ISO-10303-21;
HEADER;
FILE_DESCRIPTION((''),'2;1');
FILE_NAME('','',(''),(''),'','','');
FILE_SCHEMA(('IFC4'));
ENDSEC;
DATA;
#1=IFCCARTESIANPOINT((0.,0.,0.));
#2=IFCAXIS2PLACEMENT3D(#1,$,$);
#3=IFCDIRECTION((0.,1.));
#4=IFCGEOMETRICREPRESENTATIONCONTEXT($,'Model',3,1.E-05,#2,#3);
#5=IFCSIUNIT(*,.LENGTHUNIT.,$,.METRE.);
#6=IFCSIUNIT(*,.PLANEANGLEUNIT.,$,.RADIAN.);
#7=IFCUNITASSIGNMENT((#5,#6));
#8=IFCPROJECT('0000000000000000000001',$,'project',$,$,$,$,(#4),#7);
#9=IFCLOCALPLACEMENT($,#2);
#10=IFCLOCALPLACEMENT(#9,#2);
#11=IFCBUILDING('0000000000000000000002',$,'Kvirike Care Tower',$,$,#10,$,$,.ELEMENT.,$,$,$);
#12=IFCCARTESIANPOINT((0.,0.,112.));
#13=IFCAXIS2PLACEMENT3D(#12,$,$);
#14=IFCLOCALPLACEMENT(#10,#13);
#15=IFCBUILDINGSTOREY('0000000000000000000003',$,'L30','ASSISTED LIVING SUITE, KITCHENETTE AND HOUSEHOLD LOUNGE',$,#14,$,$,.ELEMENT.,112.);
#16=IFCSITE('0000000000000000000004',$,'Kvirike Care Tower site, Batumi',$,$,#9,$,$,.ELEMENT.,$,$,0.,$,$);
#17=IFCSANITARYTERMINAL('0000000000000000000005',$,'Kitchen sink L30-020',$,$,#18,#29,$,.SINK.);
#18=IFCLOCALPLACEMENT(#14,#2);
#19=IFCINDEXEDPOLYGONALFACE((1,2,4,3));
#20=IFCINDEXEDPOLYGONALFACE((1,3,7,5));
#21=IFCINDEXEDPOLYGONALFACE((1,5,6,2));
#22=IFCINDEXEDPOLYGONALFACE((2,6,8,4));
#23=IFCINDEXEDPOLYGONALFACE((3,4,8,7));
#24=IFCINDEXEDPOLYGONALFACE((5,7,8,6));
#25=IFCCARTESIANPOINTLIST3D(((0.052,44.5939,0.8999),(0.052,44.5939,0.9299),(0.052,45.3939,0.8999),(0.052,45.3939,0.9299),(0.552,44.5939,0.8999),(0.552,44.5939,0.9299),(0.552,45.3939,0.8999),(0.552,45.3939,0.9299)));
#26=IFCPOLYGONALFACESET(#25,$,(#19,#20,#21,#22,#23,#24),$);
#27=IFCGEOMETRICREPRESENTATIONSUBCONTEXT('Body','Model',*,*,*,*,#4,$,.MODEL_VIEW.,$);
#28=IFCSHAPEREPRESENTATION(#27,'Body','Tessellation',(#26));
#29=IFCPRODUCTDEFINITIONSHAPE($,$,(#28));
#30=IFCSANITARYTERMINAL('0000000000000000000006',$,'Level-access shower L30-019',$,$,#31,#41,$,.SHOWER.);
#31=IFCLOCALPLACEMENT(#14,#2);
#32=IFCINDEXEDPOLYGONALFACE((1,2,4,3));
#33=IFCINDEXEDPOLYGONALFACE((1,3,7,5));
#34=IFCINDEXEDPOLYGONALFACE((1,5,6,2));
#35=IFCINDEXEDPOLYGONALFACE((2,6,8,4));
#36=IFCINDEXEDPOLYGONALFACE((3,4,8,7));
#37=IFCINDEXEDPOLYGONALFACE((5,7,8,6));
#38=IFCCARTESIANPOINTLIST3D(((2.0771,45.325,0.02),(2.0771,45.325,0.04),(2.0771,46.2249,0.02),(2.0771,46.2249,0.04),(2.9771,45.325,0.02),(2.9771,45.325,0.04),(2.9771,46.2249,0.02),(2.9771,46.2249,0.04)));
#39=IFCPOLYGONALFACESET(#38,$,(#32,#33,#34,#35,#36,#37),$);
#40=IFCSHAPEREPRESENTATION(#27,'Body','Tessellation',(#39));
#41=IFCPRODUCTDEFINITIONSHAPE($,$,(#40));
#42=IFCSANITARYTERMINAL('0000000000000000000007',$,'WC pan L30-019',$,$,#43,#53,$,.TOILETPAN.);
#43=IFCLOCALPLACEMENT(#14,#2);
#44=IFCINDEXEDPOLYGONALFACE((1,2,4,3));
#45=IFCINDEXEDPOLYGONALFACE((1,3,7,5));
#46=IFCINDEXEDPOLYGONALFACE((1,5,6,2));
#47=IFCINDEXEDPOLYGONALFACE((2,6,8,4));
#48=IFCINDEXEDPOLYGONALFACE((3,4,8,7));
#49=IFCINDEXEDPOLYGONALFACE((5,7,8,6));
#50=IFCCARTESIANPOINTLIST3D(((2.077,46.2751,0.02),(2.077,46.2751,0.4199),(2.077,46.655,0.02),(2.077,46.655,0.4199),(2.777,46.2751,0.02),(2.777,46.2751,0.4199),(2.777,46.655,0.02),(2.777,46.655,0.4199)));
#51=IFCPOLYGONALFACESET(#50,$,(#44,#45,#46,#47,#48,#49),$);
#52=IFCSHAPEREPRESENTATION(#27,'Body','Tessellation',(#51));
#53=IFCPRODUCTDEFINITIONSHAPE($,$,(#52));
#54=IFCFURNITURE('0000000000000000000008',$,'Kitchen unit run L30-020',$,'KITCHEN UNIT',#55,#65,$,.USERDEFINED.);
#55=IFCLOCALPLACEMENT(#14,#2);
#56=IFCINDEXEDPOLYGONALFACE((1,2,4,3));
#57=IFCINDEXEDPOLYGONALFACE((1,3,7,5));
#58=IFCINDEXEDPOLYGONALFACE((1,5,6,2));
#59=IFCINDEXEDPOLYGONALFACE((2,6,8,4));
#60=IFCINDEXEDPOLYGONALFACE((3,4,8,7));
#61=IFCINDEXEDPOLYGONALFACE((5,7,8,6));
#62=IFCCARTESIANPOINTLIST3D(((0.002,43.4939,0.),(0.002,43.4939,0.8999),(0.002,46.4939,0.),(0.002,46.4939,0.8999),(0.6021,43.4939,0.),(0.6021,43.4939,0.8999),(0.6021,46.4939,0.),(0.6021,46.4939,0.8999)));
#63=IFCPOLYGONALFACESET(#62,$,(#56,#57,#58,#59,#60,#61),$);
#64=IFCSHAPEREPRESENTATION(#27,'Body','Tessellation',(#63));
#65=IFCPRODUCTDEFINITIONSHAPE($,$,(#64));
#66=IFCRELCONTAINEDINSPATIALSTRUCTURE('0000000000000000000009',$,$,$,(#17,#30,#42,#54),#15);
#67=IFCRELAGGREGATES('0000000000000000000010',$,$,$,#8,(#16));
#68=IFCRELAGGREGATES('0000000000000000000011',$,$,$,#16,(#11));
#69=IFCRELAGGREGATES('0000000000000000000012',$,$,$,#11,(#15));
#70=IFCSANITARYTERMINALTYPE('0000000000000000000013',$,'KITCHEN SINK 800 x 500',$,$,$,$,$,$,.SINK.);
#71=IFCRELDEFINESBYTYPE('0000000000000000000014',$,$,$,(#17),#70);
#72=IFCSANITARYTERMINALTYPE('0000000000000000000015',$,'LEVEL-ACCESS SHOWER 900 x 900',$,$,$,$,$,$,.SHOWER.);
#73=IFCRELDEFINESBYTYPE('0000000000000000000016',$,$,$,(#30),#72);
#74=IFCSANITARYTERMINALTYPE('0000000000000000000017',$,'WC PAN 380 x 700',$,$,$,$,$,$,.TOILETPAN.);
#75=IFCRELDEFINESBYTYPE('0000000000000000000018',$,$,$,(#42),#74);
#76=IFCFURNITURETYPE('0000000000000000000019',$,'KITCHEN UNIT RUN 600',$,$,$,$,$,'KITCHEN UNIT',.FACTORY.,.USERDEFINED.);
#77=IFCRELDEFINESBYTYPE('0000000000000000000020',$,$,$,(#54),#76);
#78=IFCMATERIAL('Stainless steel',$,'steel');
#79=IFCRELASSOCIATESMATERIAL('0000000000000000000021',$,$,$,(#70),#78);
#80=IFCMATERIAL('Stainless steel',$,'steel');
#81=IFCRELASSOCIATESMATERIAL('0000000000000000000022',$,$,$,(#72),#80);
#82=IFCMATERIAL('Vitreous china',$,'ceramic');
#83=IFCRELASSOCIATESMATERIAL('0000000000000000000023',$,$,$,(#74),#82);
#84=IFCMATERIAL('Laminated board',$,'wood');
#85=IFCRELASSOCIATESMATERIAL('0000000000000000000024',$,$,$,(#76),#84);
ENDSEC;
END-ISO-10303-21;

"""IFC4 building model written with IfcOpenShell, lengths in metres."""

from ifc_helpers import new_model, si_unit, direction, frame, origin, origin_2d, place, context, subcontext, project, spatial, rectangle, extrude, material, type_object, element, save


model = new_model("IFC4")

# Units and contexts
model_context = context("Model", 3, precision=1e-05, world=origin(), true_north=direction((0.0, 1.0)))
body_context = subcontext(model_context, "Body", "Model", "MODEL_VIEW")
ifc_project = project(units=[si_unit("LENGTHUNIT", "METRE"), si_unit("PLANEANGLEUNIT", "RADIAN")], contexts=[model_context])

# Site, building, storey
site_placement = place(None, origin())
site = spatial("IfcSite", under=ifc_project, at=site_placement, Name="Kvirike Care Tower site, Batumi", CompositionType="ELEMENT", RefElevation=0.0)
building_placement = place(site_placement, origin())
building = spatial("IfcBuilding", under=site, at=building_placement, Name="Kvirike Care Tower", CompositionType="ELEMENT")
storey_placement = place(building_placement, frame((0.0, 0.0, 112.0)))
storey = spatial("IfcBuildingStorey", under=building, at=storey_placement, Name="L30", Description="ASSISTED LIVING SUITE, KITCHENETTE AND HOUSEHOLD LOUNGE", CompositionType="ELEMENT", Elevation=112.0)

# Sanitary terminals
ifc_material_1 = material(Name="Stainless steel", Category="steel")
sanitary_terminal_type_1 = type_object("IfcSanitaryTerminalType", Name="KITCHEN SINK 800 x 500", PredefinedType="SINK", material=ifc_material_1)
sanitary_terminal_1_placement = place(storey_placement, frame((0.302, 44.9939, 0.8999), z_axis=(0.0, 0.0, 1.0), x_axis=(0.0, 1.0, 0.0)))
element("IfcSanitaryTerminal", 1, at=sanitary_terminal_1_placement, inside=storey, type_object=sanitary_terminal_type_1, Name="Kitchen sink L30-020", PredefinedType="SINK", context=body_context, shape_type="SweptSolid", body=[
    extrude(rectangle(XDim=0.8, YDim=0.5, at=origin_2d()), origin(), (0.0, 0.0, 1.0), 0.03),
])
ifc_material_2 = material(Name="Stainless steel", Category="steel")
sanitary_terminal_type_2 = type_object("IfcSanitaryTerminalType", Name="LEVEL-ACCESS SHOWER 900 x 900", PredefinedType="SHOWER", material=ifc_material_2)
sanitary_terminal_2_placement = place(storey_placement, frame((2.5271, 45.7749, 0.02), z_axis=(0.0, 0.0, 1.0), x_axis=(0.0, 1.0, 0.0)))
element("IfcSanitaryTerminal", 2, at=sanitary_terminal_2_placement, inside=storey, type_object=sanitary_terminal_type_2, Name="Level-access shower L30-019", PredefinedType="SHOWER", context=body_context, shape_type="SweptSolid", body=[
    extrude(rectangle(XDim=0.8999, YDim=0.8999, at=origin_2d()), origin(), (0.0, 0.0, 1.0), 0.02),
])
ifc_material_3 = material(Name="Vitreous china", Category="ceramic")
sanitary_terminal_type_3 = type_object("IfcSanitaryTerminalType", Name="WC PAN 380 x 700", PredefinedType="TOILETPAN", material=ifc_material_3)
sanitary_terminal_3_placement = place(storey_placement, frame((2.427, 46.4651, 0.02), z_axis=(0.0, 0.0, 1.0), x_axis=(0.0, 1.0, 0.0)))
element("IfcSanitaryTerminal", 3, at=sanitary_terminal_3_placement, inside=storey, type_object=sanitary_terminal_type_3, Name="WC pan L30-019", PredefinedType="TOILETPAN", context=body_context, shape_type="SweptSolid", body=[
    extrude(rectangle(XDim=0.3799, YDim=0.7, at=origin_2d()), origin(), (0.0, 0.0, 1.0), 0.3999),
])

# Furniture
ifc_material_4 = material(Name="Laminated board", Category="wood")
furniture_type = type_object("IfcFurnitureType", Name="KITCHEN UNIT RUN 600", ElementType="KITCHEN UNIT", AssemblyPlace="FACTORY", PredefinedType="USERDEFINED", material=ifc_material_4)
furniture_placement = place(storey_placement, frame((0.302, 44.9939, 0.0), z_axis=(0.0, 0.0, 1.0), x_axis=(0.0, 1.0, 0.0)))
element("IfcFurniture", 4, at=furniture_placement, inside=storey, type_object=furniture_type, Name="Kitchen unit run L30-020", ObjectType="KITCHEN UNIT", PredefinedType="USERDEFINED", context=body_context, shape_type="SweptSolid", body=[
    extrude(rectangle(XDim=3.0, YDim=0.6001, at=origin_2d()), origin(), (0.0, 0.0, 1.0), 0.8999),
])

save(model, "model.ifc")
